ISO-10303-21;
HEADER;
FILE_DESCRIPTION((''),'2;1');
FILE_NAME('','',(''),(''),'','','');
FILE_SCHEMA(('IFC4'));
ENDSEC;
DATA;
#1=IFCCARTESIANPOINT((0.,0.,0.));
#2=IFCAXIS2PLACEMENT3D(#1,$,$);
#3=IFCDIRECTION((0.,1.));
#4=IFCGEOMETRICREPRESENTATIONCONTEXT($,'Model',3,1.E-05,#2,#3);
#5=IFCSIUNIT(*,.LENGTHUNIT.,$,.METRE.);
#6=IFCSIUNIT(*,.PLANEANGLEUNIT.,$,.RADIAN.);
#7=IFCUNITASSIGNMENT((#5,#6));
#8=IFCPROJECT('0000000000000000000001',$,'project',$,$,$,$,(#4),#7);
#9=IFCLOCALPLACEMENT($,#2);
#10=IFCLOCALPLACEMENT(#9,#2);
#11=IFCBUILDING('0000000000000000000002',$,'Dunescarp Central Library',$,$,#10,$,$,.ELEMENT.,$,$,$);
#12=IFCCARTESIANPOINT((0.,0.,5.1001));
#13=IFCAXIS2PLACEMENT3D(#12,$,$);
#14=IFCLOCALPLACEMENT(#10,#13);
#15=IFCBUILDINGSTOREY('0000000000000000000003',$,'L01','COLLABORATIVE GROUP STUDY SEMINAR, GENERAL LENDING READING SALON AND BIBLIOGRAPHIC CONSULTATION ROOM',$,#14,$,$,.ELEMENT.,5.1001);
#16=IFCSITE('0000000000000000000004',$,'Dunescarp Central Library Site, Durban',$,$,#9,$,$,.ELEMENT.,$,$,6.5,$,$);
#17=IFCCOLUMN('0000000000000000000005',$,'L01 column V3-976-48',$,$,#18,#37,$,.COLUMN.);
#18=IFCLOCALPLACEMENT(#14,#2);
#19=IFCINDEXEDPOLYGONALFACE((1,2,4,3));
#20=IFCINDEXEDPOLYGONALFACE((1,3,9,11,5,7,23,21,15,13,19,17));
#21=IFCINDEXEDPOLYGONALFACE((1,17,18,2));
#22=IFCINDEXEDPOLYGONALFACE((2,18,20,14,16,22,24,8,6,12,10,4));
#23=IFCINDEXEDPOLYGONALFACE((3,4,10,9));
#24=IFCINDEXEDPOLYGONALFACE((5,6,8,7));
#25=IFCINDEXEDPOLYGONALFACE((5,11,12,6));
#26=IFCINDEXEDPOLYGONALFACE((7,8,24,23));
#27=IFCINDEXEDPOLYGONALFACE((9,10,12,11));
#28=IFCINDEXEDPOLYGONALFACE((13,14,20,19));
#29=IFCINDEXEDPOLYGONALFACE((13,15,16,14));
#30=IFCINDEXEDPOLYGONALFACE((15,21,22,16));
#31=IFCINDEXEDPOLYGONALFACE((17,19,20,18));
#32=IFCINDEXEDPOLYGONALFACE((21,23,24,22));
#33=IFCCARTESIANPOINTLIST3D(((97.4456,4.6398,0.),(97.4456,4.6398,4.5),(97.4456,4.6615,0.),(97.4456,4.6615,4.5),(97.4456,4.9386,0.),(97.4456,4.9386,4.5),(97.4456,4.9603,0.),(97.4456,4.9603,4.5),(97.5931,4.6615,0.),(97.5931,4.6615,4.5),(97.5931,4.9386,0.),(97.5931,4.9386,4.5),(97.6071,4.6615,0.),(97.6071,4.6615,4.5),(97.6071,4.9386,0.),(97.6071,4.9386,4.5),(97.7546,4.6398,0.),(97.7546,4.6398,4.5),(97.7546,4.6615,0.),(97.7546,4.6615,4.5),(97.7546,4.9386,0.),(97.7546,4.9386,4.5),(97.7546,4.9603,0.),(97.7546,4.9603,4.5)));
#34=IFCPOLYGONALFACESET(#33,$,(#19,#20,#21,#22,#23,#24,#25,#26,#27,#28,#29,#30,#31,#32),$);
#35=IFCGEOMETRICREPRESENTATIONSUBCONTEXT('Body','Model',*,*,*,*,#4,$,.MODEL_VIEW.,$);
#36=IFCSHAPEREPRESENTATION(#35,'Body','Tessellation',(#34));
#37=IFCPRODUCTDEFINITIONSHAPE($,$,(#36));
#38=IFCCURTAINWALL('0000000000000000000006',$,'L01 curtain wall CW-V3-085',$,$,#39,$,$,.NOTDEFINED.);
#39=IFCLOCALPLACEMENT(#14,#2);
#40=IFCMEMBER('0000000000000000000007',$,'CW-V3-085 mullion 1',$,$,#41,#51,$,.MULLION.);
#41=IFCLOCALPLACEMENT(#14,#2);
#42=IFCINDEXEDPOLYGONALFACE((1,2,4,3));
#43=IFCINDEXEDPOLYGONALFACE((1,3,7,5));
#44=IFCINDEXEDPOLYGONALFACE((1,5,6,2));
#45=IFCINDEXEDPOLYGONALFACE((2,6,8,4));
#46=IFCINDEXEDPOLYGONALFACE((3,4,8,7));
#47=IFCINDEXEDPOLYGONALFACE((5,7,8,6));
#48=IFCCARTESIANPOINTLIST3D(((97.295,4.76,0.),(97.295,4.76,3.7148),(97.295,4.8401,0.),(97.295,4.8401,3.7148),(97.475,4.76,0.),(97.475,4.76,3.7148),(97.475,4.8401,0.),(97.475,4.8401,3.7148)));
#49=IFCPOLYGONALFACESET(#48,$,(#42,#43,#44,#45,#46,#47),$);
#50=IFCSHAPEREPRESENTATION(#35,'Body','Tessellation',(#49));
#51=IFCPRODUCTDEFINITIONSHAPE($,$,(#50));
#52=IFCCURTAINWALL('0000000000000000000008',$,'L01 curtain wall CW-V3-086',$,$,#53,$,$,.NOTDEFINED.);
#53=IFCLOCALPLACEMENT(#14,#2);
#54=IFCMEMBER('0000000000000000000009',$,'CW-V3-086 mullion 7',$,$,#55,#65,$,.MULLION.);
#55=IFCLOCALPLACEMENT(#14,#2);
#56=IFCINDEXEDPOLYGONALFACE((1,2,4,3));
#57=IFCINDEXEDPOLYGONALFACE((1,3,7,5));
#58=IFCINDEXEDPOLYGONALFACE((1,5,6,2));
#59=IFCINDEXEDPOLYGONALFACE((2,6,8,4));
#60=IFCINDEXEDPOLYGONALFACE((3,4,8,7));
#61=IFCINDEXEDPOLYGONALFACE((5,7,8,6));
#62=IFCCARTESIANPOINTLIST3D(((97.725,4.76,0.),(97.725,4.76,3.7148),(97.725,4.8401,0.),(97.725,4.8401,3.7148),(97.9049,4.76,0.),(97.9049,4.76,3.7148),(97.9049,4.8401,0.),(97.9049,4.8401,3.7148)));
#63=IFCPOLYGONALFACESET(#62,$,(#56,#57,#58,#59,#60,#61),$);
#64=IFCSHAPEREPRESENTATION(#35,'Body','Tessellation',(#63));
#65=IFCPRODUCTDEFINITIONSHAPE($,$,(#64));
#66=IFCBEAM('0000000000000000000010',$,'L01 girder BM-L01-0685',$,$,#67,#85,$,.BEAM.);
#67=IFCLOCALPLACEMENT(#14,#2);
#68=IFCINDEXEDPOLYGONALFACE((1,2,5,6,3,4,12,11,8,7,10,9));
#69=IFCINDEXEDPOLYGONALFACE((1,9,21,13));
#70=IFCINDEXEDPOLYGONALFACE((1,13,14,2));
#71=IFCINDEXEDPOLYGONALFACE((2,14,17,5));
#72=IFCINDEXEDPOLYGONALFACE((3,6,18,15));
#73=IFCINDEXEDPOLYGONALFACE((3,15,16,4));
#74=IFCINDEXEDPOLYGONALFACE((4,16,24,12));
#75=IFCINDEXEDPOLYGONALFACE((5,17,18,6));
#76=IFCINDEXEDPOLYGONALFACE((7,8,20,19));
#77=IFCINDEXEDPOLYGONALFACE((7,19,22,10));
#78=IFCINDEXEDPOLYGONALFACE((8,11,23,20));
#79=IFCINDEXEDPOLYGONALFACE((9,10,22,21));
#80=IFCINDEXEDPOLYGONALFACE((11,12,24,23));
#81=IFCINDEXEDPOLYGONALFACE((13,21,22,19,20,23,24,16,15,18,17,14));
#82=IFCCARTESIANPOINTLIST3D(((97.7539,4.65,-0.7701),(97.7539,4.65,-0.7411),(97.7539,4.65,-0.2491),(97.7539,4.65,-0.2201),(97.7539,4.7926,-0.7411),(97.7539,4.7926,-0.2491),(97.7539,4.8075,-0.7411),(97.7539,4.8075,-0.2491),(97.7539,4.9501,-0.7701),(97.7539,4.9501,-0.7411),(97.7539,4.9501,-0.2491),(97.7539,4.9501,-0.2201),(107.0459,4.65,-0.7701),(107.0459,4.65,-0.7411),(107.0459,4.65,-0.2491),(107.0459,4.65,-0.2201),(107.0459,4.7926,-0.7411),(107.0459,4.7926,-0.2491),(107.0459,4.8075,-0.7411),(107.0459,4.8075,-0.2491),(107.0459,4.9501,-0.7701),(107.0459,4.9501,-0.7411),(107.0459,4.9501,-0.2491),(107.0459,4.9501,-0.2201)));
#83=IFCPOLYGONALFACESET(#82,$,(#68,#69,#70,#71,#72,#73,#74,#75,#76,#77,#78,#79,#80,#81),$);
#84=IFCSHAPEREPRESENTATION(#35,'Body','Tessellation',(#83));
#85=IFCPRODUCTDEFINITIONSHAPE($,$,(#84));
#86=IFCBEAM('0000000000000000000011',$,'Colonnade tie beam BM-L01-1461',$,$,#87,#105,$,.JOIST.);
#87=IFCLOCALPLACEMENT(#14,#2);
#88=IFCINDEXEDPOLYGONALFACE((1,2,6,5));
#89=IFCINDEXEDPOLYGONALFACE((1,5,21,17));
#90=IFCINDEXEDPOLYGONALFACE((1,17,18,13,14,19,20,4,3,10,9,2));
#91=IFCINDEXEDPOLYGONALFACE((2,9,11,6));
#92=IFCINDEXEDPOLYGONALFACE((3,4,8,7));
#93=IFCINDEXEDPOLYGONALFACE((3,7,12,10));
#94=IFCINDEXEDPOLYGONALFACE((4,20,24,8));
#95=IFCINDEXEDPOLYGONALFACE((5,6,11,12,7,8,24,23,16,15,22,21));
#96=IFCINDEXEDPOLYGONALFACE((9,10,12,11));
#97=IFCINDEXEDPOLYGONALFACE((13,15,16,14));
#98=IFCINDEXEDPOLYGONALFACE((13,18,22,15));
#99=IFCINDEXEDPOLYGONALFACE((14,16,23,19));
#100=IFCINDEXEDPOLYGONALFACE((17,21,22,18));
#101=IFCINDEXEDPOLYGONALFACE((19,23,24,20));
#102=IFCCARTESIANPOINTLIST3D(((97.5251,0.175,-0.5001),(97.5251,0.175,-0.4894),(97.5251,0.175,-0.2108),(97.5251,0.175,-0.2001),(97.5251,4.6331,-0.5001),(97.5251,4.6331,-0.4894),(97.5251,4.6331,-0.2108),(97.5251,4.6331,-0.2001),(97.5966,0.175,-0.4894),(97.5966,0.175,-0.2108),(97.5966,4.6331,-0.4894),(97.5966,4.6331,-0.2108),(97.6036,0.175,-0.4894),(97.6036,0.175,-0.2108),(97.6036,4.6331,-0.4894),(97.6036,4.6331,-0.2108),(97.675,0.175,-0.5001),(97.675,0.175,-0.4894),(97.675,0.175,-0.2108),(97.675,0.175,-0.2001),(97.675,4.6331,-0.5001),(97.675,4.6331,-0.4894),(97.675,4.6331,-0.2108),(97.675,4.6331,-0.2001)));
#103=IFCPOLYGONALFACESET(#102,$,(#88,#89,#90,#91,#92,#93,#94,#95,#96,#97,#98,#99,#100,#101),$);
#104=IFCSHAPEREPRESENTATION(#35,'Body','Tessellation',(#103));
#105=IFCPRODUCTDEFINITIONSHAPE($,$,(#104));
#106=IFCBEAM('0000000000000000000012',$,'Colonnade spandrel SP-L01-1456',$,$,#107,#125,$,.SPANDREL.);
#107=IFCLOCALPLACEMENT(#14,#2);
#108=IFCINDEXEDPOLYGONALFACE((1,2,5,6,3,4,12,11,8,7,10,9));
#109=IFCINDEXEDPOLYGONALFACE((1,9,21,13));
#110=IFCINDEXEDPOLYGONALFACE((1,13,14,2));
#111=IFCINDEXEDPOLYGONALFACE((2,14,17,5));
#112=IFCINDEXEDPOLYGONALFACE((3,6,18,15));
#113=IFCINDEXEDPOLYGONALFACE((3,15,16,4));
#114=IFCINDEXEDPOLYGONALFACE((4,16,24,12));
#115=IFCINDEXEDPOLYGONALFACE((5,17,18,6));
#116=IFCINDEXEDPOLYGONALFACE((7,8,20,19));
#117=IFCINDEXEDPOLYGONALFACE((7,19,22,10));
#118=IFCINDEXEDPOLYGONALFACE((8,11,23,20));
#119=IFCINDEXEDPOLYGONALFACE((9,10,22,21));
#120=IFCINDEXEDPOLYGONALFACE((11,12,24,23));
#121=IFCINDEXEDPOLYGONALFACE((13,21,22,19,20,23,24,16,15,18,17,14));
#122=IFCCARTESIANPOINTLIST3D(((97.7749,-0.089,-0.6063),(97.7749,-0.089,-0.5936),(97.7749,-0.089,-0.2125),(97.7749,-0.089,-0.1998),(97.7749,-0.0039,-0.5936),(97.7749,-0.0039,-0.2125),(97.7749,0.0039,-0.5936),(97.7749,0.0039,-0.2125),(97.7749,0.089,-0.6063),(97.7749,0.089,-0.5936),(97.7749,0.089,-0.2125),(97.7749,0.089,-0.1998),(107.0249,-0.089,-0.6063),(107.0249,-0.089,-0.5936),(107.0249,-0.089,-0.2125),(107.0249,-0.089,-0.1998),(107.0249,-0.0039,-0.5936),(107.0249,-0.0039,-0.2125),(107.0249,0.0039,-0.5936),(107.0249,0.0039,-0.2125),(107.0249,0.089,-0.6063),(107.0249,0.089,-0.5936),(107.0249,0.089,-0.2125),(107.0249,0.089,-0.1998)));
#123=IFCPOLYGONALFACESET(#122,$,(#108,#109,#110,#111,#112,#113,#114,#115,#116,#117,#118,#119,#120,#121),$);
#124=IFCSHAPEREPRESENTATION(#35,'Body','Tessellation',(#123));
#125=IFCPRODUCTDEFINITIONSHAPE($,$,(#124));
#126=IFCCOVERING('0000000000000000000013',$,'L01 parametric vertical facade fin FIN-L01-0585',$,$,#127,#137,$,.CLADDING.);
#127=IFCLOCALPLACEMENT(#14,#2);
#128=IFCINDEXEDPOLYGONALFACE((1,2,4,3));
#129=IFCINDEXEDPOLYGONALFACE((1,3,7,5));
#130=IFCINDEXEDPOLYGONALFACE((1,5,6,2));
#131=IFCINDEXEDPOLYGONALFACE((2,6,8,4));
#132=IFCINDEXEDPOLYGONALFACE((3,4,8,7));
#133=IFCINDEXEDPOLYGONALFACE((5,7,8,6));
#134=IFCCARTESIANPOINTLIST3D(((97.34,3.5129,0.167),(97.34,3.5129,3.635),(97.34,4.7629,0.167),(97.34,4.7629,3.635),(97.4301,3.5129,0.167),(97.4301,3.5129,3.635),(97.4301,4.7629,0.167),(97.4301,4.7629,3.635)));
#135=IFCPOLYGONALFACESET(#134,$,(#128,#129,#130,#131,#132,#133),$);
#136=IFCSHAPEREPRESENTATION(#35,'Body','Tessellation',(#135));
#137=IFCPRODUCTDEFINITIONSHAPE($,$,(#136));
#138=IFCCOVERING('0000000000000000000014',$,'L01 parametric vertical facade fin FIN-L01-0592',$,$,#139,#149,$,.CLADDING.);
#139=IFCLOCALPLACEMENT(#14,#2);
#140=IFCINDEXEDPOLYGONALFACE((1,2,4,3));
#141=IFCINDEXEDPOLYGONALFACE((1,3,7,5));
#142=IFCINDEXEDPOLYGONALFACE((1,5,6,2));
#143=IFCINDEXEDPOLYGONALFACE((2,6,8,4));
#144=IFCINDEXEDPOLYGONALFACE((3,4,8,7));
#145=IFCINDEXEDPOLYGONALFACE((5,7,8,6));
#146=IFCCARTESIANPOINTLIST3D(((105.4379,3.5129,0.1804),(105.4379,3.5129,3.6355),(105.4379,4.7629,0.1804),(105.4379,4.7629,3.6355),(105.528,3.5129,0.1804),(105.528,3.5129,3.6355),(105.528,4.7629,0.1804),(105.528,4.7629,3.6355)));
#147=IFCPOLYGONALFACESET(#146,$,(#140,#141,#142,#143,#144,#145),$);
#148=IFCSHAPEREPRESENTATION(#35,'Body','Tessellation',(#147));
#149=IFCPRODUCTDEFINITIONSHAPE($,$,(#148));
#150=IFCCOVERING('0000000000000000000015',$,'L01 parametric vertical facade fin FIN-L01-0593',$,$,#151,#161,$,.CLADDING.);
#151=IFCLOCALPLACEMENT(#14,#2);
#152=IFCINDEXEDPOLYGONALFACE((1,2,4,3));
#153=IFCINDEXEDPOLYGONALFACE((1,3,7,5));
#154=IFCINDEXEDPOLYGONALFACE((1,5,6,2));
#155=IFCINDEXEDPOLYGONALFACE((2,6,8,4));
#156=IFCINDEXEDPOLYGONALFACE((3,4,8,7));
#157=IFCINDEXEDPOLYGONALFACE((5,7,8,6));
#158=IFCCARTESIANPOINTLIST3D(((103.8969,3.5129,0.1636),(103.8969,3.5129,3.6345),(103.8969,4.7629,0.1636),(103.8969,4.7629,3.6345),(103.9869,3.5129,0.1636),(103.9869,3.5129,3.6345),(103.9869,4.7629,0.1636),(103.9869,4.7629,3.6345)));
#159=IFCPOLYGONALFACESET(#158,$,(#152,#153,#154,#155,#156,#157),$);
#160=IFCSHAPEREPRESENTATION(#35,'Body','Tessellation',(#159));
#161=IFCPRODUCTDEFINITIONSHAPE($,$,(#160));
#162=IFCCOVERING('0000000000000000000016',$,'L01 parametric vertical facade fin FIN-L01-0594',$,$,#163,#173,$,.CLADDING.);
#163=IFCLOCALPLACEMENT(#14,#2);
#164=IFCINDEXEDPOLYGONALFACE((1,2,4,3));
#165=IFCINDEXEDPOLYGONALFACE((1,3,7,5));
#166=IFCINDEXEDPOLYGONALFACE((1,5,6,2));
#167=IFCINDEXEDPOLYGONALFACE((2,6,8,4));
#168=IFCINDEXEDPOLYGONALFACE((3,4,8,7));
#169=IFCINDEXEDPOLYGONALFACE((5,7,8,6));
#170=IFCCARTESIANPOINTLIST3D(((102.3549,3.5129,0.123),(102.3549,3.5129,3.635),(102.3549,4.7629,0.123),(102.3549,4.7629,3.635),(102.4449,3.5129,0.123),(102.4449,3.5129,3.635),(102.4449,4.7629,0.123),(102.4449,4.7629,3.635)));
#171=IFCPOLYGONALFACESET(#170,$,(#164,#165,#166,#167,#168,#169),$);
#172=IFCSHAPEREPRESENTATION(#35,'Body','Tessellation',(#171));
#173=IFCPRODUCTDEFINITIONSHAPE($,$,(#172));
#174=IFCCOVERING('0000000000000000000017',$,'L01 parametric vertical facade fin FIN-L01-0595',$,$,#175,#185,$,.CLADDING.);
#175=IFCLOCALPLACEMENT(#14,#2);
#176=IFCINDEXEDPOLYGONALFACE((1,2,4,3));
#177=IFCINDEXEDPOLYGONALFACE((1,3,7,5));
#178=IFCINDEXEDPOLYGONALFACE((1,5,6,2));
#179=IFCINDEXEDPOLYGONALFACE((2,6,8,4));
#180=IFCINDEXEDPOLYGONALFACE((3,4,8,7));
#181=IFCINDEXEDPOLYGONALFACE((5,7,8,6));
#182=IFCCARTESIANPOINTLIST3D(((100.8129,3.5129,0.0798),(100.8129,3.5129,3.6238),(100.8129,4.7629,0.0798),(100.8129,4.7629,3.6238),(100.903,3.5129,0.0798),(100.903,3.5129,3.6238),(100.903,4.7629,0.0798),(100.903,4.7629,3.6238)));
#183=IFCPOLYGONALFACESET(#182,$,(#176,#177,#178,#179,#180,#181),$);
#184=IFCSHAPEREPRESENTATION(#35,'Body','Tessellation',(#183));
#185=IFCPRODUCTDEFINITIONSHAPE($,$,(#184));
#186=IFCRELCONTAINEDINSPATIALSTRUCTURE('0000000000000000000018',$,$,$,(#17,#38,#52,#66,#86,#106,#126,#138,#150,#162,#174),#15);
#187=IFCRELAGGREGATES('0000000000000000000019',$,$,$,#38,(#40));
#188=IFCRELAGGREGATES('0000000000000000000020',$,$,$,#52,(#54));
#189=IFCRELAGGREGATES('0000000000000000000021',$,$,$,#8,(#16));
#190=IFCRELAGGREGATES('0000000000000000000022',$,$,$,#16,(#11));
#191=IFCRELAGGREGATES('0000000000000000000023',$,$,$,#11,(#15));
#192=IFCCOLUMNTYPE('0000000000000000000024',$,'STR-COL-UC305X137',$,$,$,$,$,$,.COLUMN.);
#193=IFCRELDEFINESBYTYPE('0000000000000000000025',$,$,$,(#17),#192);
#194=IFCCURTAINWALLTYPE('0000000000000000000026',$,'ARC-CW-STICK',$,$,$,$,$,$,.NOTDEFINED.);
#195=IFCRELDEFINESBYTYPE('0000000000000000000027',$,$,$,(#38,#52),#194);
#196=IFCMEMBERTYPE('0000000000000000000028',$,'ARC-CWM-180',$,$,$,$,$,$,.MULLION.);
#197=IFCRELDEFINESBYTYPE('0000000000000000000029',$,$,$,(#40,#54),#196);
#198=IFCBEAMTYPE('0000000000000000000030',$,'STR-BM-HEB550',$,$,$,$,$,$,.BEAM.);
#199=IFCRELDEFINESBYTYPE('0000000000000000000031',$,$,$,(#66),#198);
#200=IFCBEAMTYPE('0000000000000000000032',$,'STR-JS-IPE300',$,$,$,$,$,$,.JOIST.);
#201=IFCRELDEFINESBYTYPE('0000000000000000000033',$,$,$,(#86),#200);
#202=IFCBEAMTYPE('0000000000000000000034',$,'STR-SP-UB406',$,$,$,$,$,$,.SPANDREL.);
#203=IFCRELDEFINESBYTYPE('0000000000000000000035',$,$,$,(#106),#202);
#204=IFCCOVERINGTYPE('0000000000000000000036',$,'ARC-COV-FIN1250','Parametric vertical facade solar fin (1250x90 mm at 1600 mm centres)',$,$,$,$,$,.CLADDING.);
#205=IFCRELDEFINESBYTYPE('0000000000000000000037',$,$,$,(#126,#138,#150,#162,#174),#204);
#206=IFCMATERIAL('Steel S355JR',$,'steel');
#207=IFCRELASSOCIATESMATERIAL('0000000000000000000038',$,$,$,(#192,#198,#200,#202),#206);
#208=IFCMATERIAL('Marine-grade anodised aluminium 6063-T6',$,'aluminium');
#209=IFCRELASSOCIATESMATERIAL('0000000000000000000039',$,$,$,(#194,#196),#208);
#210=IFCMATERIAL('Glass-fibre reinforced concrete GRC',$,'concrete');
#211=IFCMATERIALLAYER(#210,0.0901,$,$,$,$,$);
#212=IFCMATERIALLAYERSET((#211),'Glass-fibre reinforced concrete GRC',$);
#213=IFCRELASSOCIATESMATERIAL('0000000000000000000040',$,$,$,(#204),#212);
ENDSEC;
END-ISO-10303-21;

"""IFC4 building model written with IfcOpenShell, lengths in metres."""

from ifc_helpers import new_model, si_unit, direction, frame, origin, origin_2d, place, context, subcontext, project, spatial, rectangle, i_section, extrude, material, layer, layer_set, material_profile, profile_set, type_object, element, aggregate, save


model = new_model("IFC4")

# Units and contexts
model_context = context("Model", 3, precision=1e-05, world=origin(), true_north=direction((0.0, 1.0)))
body_context = subcontext(model_context, "Body", "Model", "MODEL_VIEW")
ifc_project = project(units=[si_unit("LENGTHUNIT", "METRE"), si_unit("PLANEANGLEUNIT", "RADIAN")], contexts=[model_context])

# Site, building, storey
site_placement = place(None, origin())
site = spatial("IfcSite", under=ifc_project, at=site_placement, Name="Dunescarp Central Library Site, Durban", CompositionType="ELEMENT", RefElevation=6.5)
building_placement = place(site_placement, origin())
building = spatial("IfcBuilding", under=site, at=building_placement, Name="Dunescarp Central Library", CompositionType="ELEMENT")
storey_placement = place(building_placement, frame((0.0, 0.0, 5.1001)))
storey = spatial("IfcBuildingStorey", under=building, at=storey_placement, Name="L01", Description="COLLABORATIVE GROUP STUDY SEMINAR, GENERAL LENDING READING SALON AND BIBLIOGRAPHIC CONSULTATION ROOM", CompositionType="ELEMENT", Elevation=5.1001)

# Column
ifc_material_1 = material(Name="Steel S355JR", Category="steel")
ifc_material_profile_1 = material_profile(ifc_material_1, i_section(OverallWidth=0.3091, OverallDepth=0.3206, WebThickness=0.0139, FlangeThickness=0.0217, at=origin_2d()), Name="UC 305x305x137")
ifc_profile_set_1 = profile_set([ifc_material_profile_1], Name="Steel S355JR")
column_type = type_object("IfcColumnType", Name="STR-COL-UC305X137", PredefinedType="COLUMN", material=ifc_profile_set_1)
column_placement = place(storey_placement, frame((97.6001, 4.8, 0.0), z_axis=(0.0, 0.0, 1.0), x_axis=(1.0, 0.0, 0.0)))
element("IfcColumn", 1, at=column_placement, inside=storey, type_object=column_type, Name="L01 column V3-976-48", PredefinedType="COLUMN", context=body_context, shape_type="SweptSolid", body=[
    extrude(i_section(OverallWidth=0.3091, OverallDepth=0.3206, WebThickness=0.0139, FlangeThickness=0.0217, at=origin_2d()), origin(), (0.0, 0.0, 1.0), 4.5),
])

# Curtain walls, members
ifc_material_2 = material(Name="Marine-grade anodised aluminium 6063-T6", Category="aluminium")
curtain_wall_type = type_object("IfcCurtainWallType", Name="ARC-CW-STICK", PredefinedType="NOTDEFINED", material=ifc_material_2)
curtain_wall_1_placement = place(storey_placement, origin())
curtain_wall_1 = element("IfcCurtainWall", 2, at=curtain_wall_1_placement, inside=storey, type_object=curtain_wall_type, Name="L01 curtain wall CW-V3-085", PredefinedType="NOTDEFINED")
ifc_material_profile_2 = material_profile(ifc_material_2, rectangle(XDim=0.0801, YDim=0.1799, at=origin_2d()), Name="AL 80x180")
ifc_profile_set_2 = profile_set([ifc_material_profile_2], Name="Marine-grade anodised aluminium 6063-T6")
member_type = type_object("IfcMemberType", Name="ARC-CWM-180", PredefinedType="MULLION", material=ifc_profile_set_2)
member_1_placement = place(storey_placement, frame((97.385, 4.8, 0.0), z_axis=(0.0, 0.0, 1.0), x_axis=(0.0, -1.0, 0.0)))
member_1 = element("IfcMember", 3, at=member_1_placement, type_object=member_type, Name="CW-V3-085 mullion 1", PredefinedType="MULLION", context=body_context, shape_type="SweptSolid", body=[
    extrude(rectangle(XDim=0.0801, YDim=0.1799, at=origin_2d()), origin(), (0.0, 0.0, 1.0), 3.7148),
])
aggregate(curtain_wall_1, [member_1])
curtain_wall_2_placement = place(storey_placement, origin())
curtain_wall_2 = element("IfcCurtainWall", 4, at=curtain_wall_2_placement, inside=storey, type_object=curtain_wall_type, Name="L01 curtain wall CW-V3-086", PredefinedType="NOTDEFINED")
member_2_placement = place(storey_placement, frame((97.8149, 4.8, 0.0), z_axis=(0.0, 0.0, 1.0), x_axis=(0.0, -1.0, 0.0)))
member_2 = element("IfcMember", 5, at=member_2_placement, type_object=member_type, Name="CW-V3-086 mullion 7", PredefinedType="MULLION", context=body_context, shape_type="SweptSolid", body=[
    extrude(rectangle(XDim=0.0801, YDim=0.1799, at=origin_2d()), origin(), (0.0, 0.0, 1.0), 3.7148),
])
aggregate(curtain_wall_2, [member_2])

# Beams
ifc_material_profile_3 = material_profile(ifc_material_1, i_section(OverallWidth=0.3, OverallDepth=0.55, WebThickness=0.0149, FlangeThickness=0.0291, at=origin_2d()), Name="HEB 550")
ifc_profile_set_3 = profile_set([ifc_material_profile_3], Name="Steel S355JR")
beam_type_1 = type_object("IfcBeamType", Name="STR-BM-HEB550", PredefinedType="BEAM", material=ifc_profile_set_3)
beam_1_placement = place(storey_placement, frame((97.7539, 4.8, -0.4951), z_axis=(1.0, 0.0, 0.0), x_axis=(0.0, 1.0, 0.0)))
element("IfcBeam", 6, at=beam_1_placement, inside=storey, type_object=beam_type_1, Name="L01 girder BM-L01-0685", PredefinedType="BEAM", context=body_context, shape_type="SweptSolid", body=[
    extrude(i_section(OverallWidth=0.3, OverallDepth=0.55, WebThickness=0.0149, FlangeThickness=0.0291, at=origin_2d()), origin(), (0.0, 0.0, 1.0), 9.292),
])
ifc_material_profile_4 = material_profile(ifc_material_1, i_section(OverallWidth=0.1499, OverallDepth=0.3, WebThickness=0.0071, FlangeThickness=0.0107, at=origin_2d()), Name="IPE 300")
ifc_profile_set_4 = profile_set([ifc_material_profile_4], Name="Steel S355JR")
beam_type_2 = type_object("IfcBeamType", Name="STR-JS-IPE300", PredefinedType="JOIST", material=ifc_profile_set_4)
beam_2_placement = place(storey_placement, frame((97.6001, 0.175, -0.3501), z_axis=(0.0, 1.0, 0.0), x_axis=(-1.0, 0.0, 0.0)))
element("IfcBeam", 7, at=beam_2_placement, inside=storey, type_object=beam_type_2, Name="Colonnade tie beam BM-L01-1461", PredefinedType="JOIST", context=body_context, shape_type="SweptSolid", body=[
    extrude(i_section(OverallWidth=0.1499, OverallDepth=0.3, WebThickness=0.0071, FlangeThickness=0.0107, at=origin_2d()), origin(), (0.0, 0.0, 1.0), 4.458),
])
ifc_material_profile_5 = material_profile(ifc_material_1, i_section(OverallWidth=0.178, OverallDepth=0.4065, WebThickness=0.0078, FlangeThickness=0.0127, at=origin_2d()), Name="UB 406x178x60")
ifc_profile_set_5 = profile_set([ifc_material_profile_5], Name="Steel S355JR")
beam_type_3 = type_object("IfcBeamType", Name="STR-SP-UB406", PredefinedType="SPANDREL", material=ifc_profile_set_5)
beam_3_placement = place(storey_placement, frame((97.7749, 0.0, -0.4031), z_axis=(1.0, 0.0, 0.0), x_axis=(0.0, 1.0, 0.0)))
element("IfcBeam", 8, at=beam_3_placement, inside=storey, type_object=beam_type_3, Name="Colonnade spandrel SP-L01-1456", PredefinedType="SPANDREL", context=body_context, shape_type="SweptSolid", body=[
    extrude(i_section(OverallWidth=0.178, OverallDepth=0.4065, WebThickness=0.0078, FlangeThickness=0.0127, at=origin_2d()), origin(), (0.0, 0.0, 1.0), 9.25),
])

# Coverings
ifc_material_3 = material(Name="Glass-fibre reinforced concrete GRC", Category="concrete")
ifc_layer = layer(ifc_material_3, 0.0901)
ifc_layer_set = layer_set([ifc_layer], Name="Glass-fibre reinforced concrete GRC")
covering_type = type_object("IfcCoveringType", Name="ARC-COV-FIN1250", Description="Parametric vertical facade solar fin (1250x90 mm at 1600 mm centres)", PredefinedType="CLADDING", material=ifc_layer_set)
covering_1_placement = place(storey_placement, frame((97.385, 4.1379, 0.167), z_axis=(0.0, 0.0, 1.0), x_axis=(0.0, -1.0, 0.0)))
element("IfcCovering", 9, at=covering_1_placement, inside=storey, type_object=covering_type, Name="L01 parametric vertical facade fin FIN-L01-0585", PredefinedType="CLADDING", context=body_context, shape_type="SweptSolid", body=[
    extrude(rectangle(XDim=1.25, YDim=0.0901, at=origin_2d()), origin(), (0.0, 0.0, 1.0), 3.468),
])
covering_2_placement = place(storey_placement, frame((105.4829, 4.1379, 0.1804), z_axis=(0.0, 0.0, 1.0), x_axis=(0.0, -1.0, 0.0)))
element("IfcCovering", 10, at=covering_2_placement, inside=storey, type_object=covering_type, Name="L01 parametric vertical facade fin FIN-L01-0592", PredefinedType="CLADDING", context=body_context, shape_type="SweptSolid", body=[
    extrude(rectangle(XDim=1.25, YDim=0.0901, at=origin_2d()), origin(), (0.0, 0.0, 1.0), 3.4551),
])
covering_3_placement = place(storey_placement, frame((103.9419, 4.1379, 0.1636), z_axis=(0.0, 0.0, 1.0), x_axis=(0.0, -1.0, 0.0)))
element("IfcCovering", 11, at=covering_3_placement, inside=storey, type_object=covering_type, Name="L01 parametric vertical facade fin FIN-L01-0593", PredefinedType="CLADDING", context=body_context, shape_type="SweptSolid", body=[
    extrude(rectangle(XDim=1.25, YDim=0.0901, at=origin_2d()), origin(), (0.0, 0.0, 1.0), 3.4709),
])
covering_4_placement = place(storey_placement, frame((102.3999, 4.1379, 0.123), z_axis=(0.0, 0.0, 1.0), x_axis=(0.0, -1.0, 0.0)))
element("IfcCovering", 12, at=covering_4_placement, inside=storey, type_object=covering_type, Name="L01 parametric vertical facade fin FIN-L01-0594", PredefinedType="CLADDING", context=body_context, shape_type="SweptSolid", body=[
    extrude(rectangle(XDim=1.25, YDim=0.0901, at=origin_2d()), origin(), (0.0, 0.0, 1.0), 3.512),
])
covering_5_placement = place(storey_placement, frame((100.8579, 4.1379, 0.0798), z_axis=(0.0, 0.0, 1.0), x_axis=(0.0, -1.0, 0.0)))
element("IfcCovering", 13, at=covering_5_placement, inside=storey, type_object=covering_type, Name="L01 parametric vertical facade fin FIN-L01-0595", PredefinedType="CLADDING", context=body_context, shape_type="SweptSolid", body=[
    extrude(rectangle(XDim=1.25, YDim=0.0901, at=origin_2d()), origin(), (0.0, 0.0, 1.0), 3.5439),
])

save(model, "model.ifc")
